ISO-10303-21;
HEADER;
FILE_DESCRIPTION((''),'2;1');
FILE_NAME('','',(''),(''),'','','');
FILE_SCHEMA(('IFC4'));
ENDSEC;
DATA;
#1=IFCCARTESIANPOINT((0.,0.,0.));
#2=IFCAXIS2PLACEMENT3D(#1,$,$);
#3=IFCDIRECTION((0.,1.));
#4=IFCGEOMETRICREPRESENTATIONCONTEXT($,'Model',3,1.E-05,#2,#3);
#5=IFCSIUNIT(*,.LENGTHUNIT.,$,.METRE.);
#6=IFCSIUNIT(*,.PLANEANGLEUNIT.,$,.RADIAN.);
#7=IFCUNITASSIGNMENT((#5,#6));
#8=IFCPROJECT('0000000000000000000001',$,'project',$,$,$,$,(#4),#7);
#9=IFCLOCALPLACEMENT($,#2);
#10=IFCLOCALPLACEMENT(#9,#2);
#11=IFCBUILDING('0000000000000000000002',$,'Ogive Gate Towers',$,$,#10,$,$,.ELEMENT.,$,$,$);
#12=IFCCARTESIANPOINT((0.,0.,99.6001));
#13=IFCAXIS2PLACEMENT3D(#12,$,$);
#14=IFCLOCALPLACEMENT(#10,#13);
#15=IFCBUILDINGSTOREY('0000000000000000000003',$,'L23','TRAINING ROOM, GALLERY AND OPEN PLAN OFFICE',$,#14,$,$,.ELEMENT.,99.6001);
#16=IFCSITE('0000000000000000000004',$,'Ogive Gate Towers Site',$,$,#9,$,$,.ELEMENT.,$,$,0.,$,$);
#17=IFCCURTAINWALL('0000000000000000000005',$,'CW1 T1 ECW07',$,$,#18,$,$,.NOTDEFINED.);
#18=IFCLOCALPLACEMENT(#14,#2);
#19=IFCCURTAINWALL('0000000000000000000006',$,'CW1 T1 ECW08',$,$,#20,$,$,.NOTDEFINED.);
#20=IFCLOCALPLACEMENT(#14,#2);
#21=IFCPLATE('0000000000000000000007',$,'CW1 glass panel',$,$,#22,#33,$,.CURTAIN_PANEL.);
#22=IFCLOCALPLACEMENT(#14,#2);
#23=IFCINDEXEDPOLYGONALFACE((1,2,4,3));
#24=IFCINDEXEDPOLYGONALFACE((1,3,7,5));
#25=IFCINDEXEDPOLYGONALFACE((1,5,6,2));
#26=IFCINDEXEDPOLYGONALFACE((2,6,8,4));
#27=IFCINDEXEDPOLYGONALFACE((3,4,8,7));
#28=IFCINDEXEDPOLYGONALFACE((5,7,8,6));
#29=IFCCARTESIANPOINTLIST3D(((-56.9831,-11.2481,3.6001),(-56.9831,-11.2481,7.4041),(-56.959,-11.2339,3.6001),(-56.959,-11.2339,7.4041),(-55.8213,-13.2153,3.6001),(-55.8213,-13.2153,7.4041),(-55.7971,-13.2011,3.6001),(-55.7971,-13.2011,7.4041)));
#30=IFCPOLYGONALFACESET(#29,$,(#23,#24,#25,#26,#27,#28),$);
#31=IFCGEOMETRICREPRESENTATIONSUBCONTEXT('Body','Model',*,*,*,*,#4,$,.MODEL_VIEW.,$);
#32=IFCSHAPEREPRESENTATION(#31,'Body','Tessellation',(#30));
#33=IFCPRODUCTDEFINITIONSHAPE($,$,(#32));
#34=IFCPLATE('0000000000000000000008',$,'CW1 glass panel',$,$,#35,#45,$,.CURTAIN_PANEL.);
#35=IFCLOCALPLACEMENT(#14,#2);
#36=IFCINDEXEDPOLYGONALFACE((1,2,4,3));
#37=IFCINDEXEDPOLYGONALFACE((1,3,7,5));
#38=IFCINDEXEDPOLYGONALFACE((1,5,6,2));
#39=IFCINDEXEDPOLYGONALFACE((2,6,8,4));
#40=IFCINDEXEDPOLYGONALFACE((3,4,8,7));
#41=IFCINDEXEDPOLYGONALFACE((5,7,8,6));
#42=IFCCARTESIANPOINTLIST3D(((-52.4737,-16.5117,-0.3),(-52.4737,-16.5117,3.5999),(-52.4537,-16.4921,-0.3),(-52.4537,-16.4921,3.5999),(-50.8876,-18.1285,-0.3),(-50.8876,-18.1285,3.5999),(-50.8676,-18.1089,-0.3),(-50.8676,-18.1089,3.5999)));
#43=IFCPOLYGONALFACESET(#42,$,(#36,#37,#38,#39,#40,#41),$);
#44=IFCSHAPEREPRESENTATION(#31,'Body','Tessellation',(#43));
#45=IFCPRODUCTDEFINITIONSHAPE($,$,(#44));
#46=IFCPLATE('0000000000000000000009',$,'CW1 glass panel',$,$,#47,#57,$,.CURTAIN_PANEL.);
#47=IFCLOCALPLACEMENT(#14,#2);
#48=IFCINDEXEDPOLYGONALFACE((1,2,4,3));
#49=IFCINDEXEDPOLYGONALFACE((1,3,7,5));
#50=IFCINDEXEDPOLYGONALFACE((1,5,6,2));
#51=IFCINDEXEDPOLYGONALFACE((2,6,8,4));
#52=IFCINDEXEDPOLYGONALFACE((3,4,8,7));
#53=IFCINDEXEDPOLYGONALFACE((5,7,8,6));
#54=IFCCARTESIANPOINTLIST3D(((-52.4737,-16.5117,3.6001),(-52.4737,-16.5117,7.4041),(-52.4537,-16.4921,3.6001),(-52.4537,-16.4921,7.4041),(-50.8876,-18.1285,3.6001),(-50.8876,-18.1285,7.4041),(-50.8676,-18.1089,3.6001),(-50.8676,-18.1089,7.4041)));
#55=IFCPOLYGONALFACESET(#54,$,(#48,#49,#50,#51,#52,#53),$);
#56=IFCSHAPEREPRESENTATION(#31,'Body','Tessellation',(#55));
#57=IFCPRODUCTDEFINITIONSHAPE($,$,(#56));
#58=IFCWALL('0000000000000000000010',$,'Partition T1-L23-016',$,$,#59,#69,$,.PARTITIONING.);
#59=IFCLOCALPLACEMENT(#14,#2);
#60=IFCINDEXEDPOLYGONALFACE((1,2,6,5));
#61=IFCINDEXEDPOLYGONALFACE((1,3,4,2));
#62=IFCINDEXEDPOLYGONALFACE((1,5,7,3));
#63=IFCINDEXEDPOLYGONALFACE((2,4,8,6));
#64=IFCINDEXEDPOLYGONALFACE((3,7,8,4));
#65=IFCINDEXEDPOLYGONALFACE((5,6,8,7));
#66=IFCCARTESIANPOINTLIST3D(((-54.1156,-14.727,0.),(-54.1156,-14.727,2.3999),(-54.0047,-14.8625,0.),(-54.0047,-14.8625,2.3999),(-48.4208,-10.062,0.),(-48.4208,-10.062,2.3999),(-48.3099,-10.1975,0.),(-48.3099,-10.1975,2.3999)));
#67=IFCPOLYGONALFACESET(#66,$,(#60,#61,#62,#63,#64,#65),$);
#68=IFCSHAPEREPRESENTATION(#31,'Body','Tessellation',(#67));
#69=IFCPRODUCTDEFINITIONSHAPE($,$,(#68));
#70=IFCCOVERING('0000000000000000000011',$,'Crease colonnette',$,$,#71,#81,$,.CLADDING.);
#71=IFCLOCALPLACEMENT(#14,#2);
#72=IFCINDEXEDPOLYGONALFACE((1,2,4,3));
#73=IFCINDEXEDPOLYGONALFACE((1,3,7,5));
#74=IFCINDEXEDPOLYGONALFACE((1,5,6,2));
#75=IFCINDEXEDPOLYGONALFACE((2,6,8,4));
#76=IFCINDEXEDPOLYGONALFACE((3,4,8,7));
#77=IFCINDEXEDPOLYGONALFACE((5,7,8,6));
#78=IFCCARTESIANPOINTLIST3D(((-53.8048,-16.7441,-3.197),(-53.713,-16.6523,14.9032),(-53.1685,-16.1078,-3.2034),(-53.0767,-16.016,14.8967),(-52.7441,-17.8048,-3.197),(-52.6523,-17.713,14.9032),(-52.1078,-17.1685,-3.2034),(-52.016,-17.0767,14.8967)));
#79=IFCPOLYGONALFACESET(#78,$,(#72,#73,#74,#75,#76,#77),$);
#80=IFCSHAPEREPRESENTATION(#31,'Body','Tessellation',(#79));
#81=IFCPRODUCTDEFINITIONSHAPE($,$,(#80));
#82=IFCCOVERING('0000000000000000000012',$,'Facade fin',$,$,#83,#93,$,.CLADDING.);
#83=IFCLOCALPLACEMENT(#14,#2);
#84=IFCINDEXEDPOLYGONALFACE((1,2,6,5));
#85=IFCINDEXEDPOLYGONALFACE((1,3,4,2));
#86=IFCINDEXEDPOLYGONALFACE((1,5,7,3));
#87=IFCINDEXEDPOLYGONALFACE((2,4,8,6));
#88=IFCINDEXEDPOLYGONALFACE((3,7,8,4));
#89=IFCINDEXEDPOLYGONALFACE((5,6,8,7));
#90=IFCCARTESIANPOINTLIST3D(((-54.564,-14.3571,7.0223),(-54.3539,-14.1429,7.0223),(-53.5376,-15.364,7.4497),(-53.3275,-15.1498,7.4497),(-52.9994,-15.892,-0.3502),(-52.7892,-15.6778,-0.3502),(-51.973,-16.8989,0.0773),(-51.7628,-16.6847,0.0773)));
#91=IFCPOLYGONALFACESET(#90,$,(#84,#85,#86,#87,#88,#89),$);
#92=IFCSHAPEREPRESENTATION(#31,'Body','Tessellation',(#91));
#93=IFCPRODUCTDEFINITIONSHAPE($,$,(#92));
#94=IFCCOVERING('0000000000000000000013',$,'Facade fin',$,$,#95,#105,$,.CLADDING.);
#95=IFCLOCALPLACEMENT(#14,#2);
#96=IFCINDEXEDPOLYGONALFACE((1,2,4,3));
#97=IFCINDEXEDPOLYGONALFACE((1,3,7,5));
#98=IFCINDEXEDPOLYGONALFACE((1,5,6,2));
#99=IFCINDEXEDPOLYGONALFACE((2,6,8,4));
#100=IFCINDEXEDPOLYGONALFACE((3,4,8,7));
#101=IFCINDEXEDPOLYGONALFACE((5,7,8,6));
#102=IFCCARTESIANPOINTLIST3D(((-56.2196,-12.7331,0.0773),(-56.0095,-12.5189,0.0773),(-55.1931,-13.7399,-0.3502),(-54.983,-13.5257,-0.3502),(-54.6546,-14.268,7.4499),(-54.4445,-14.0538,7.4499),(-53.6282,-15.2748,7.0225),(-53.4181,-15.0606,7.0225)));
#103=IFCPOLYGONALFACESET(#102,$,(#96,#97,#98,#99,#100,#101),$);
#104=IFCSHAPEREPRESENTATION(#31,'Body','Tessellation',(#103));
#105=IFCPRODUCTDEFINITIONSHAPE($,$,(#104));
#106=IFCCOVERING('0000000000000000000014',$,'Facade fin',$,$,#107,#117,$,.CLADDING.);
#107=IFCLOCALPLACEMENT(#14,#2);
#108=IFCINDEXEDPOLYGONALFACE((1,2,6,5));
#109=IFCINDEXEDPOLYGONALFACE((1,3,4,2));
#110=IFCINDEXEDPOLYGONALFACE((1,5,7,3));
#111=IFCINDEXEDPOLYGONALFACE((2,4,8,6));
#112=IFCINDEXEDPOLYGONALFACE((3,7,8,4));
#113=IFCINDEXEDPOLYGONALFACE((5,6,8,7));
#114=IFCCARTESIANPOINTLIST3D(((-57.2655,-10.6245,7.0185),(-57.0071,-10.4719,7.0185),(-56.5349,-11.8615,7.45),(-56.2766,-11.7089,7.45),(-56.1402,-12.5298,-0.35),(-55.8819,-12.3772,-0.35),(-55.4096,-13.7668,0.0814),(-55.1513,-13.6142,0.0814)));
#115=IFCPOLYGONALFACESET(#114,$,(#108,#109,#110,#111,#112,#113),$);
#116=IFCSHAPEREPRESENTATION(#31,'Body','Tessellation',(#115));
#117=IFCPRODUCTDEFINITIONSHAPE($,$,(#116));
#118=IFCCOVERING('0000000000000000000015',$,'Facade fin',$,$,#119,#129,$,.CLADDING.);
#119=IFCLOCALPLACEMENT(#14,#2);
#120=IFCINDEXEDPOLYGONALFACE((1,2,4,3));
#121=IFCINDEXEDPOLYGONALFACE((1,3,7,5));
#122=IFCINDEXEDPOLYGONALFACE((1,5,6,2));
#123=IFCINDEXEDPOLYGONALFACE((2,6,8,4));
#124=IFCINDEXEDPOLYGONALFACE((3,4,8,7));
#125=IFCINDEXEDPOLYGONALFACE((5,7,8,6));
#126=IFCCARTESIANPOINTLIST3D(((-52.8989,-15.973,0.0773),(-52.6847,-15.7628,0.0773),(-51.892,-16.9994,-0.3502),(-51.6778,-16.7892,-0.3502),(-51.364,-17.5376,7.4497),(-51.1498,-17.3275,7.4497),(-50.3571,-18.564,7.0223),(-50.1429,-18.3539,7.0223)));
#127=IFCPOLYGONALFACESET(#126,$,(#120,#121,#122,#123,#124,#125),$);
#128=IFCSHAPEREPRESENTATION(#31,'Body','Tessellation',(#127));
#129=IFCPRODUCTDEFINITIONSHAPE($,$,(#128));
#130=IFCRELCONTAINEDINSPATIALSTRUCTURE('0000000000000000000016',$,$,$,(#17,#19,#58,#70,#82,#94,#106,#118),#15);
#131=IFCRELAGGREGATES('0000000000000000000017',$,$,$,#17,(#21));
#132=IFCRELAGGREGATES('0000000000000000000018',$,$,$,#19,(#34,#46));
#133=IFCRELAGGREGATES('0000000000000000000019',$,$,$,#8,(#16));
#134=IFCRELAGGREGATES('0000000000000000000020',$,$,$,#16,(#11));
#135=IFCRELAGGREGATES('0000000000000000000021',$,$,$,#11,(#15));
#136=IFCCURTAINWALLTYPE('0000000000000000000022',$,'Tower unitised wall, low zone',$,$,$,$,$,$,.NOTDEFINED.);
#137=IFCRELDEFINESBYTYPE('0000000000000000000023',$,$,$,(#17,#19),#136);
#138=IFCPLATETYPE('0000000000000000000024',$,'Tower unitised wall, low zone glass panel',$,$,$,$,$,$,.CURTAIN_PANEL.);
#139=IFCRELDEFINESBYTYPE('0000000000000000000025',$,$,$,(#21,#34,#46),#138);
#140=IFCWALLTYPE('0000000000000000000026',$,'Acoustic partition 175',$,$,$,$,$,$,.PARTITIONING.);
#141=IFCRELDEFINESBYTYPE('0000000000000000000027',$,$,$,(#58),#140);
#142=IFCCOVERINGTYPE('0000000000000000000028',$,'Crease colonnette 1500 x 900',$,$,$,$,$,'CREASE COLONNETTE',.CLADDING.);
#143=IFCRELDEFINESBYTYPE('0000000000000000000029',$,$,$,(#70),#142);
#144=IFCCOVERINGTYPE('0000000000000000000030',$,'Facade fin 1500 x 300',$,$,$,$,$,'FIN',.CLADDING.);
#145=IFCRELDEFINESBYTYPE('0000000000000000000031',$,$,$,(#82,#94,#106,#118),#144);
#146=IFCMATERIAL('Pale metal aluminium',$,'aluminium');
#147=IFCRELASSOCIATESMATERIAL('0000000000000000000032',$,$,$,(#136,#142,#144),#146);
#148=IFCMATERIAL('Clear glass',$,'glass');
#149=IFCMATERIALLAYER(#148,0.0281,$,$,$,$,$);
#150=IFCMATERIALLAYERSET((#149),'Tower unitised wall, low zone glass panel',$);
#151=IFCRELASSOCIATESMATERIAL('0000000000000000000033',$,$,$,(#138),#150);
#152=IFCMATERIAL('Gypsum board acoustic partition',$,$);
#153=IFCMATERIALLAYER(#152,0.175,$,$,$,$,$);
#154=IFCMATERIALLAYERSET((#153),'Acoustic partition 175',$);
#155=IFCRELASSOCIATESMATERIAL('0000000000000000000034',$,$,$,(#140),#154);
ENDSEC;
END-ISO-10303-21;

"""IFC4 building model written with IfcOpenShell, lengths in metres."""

from ifc_helpers import new_model, si_unit, direction, frame, frame_2d, origin, origin_2d, place, context, subcontext, project, spatial, rectangle, extrude, material, layer, layer_set, material_profile, profile_set, type_object, element, aggregate, save


model = new_model("IFC4")

# Units and contexts
model_context = context("Model", 3, precision=1e-05, world=origin(), true_north=direction((0.0, 1.0)))
body_context = subcontext(model_context, "Body", "Model", "MODEL_VIEW")
ifc_project = project(units=[si_unit("LENGTHUNIT", "METRE"), si_unit("PLANEANGLEUNIT", "RADIAN")], contexts=[model_context])

# Site, building, storey
site_placement = place(None, origin())
site = spatial("IfcSite", under=ifc_project, at=site_placement, Name="Ogive Gate Towers Site", CompositionType="ELEMENT", RefElevation=0.0)
building_placement = place(site_placement, origin())
building = spatial("IfcBuilding", under=site, at=building_placement, Name="Ogive Gate Towers", CompositionType="ELEMENT")
storey_placement = place(building_placement, frame((0.0, 0.0, 99.6001)))
storey = spatial("IfcBuildingStorey", under=building, at=storey_placement, Name="L23", Description="TRAINING ROOM, GALLERY AND OPEN PLAN OFFICE", CompositionType="ELEMENT", Elevation=99.6001)

# Curtain wall
ifc_material_1 = material(Name="Pale metal aluminium", Category="aluminium")
curtain_wall_type = type_object("IfcCurtainWallType", Name="Tower unitised wall, low zone", PredefinedType="NOTDEFINED", material=ifc_material_1)
curtain_wall_1_placement = place(storey_placement, origin())
curtain_wall_1 = element("IfcCurtainWall", 1, at=curtain_wall_1_placement, inside=storey, type_object=curtain_wall_type, Name="CW1 T1 ECW07", PredefinedType="NOTDEFINED")

# Curtain wall
curtain_wall_2_placement = place(storey_placement, origin())
curtain_wall_2 = element("IfcCurtainWall", 2, at=curtain_wall_2_placement, inside=storey, type_object=curtain_wall_type, Name="CW1 T1 ECW08", PredefinedType="NOTDEFINED")

# Plates
ifc_material_2 = material(Name="Clear glass", Category="glass")
ifc_layer_1 = layer(ifc_material_2, 0.0281)
ifc_layer_set_1 = layer_set([ifc_layer_1], Name="Tower unitised wall, low zone glass panel")
plate_type = type_object("IfcPlateType", Name="Tower unitised wall, low zone glass panel", PredefinedType="CURTAIN_PANEL", material=ifc_layer_set_1)
plate_1_placement = place(storey_placement, frame((-56.3901, -12.2246, 3.6001), z_axis=(0.0, 0.0, 1.0), x_axis=(-0.508531, 0.861044, 0.0)))
plate_1 = element("IfcPlate", 3, at=plate_1_placement, type_object=plate_type, Name="CW1 glass panel", PredefinedType="CURTAIN_PANEL", context=body_context, shape_type="SweptSolid", body=[
    extrude(rectangle(XDim=2.2847, YDim=0.0281, at=origin_2d()), origin(), (0.0, 0.0, 1.0), 3.804),
])
aggregate(curtain_wall_1, [plate_1])
plate_2_placement = place(storey_placement, frame((-51.6707, -17.3103, -0.3), z_axis=(0.0, 0.0, 1.0), x_axis=(-0.700299, 0.71385, 0.0)))
plate_2 = element("IfcPlate", 4, at=plate_2_placement, type_object=plate_type, Name="CW1 glass panel", PredefinedType="CURTAIN_PANEL", context=body_context, shape_type="SweptSolid", body=[
    extrude(rectangle(XDim=2.2649, YDim=0.0281, at=origin_2d()), origin(), (0.0, 0.0, 1.0), 3.8999),
])
plate_3_placement = place(storey_placement, frame((-51.6707, -17.3103, 3.6001), z_axis=(0.0, 0.0, 1.0), x_axis=(-0.700299, 0.71385, 0.0)))
plate_3 = element("IfcPlate", 5, at=plate_3_placement, type_object=plate_type, Name="CW1 glass panel", PredefinedType="CURTAIN_PANEL", context=body_context, shape_type="SweptSolid", body=[
    extrude(rectangle(XDim=2.2649, YDim=0.0281, at=origin_2d()), origin(), (0.0, 0.0, 1.0), 3.804),
])
aggregate(curtain_wall_2, [plate_2, plate_3])

# Wall
ifc_material_3 = material(Name="Gypsum board acoustic partition")
ifc_layer_2 = layer(ifc_material_3, 0.175)
ifc_layer_set_2 = layer_set([ifc_layer_2], Name="Acoustic partition 175")
wall_type = type_object("IfcWallType", Name="Acoustic partition 175", PredefinedType="PARTITIONING", material=ifc_layer_set_2)
wall_placement = place(storey_placement, frame((-54.0601, -14.7947, 0.0), z_axis=(0.0, 0.0, 1.0), x_axis=(0.773582, 0.633696, 0.0)))
element("IfcWall", 6, at=wall_placement, inside=storey, type_object=wall_type, Name="Partition T1-L23-016", PredefinedType="PARTITIONING", context=body_context, shape_type="SweptSolid", body=[
    extrude(rectangle(XDim=7.3616, YDim=0.175, at=frame_2d((3.6807, 0.0))), origin(), (0.0, 0.0, 1.0), 2.3999),
])

# Coverings
ifc_material_profile_1 = material_profile(ifc_material_1, rectangle(XDim=1.5, YDim=0.8999, at=origin_2d()), Name="1500 x 900 pale metal aluminium")
ifc_profile_set_1 = profile_set([ifc_material_profile_1], Name="Pale metal aluminium")
covering_type_1 = type_object("IfcCoveringType", Name="Crease colonnette 1500 x 900", ElementType="CREASE COLONNETTE", PredefinedType="CLADDING", material=ifc_profile_set_1)
covering_1_placement = place(storey_placement, frame((-52.9563, -16.9563, -3.2002), z_axis=(0.005071, 0.005071, 0.999974), x_axis=(-0.707107, 0.707107, 0.0)))
element("IfcCovering", 7, at=covering_1_placement, inside=storey, type_object=covering_type_1, Name="Crease colonnette", PredefinedType="CLADDING", context=body_context, shape_type="SweptSolid", body=[
    extrude(rectangle(XDim=1.5, YDim=0.8999, at=origin_2d()), origin(), (0.0, 0.0, 1.0), 18.1006),
])
ifc_material_profile_2 = material_profile(ifc_material_1, rectangle(XDim=0.3, YDim=1.5, at=origin_2d()), Name="1500 x 300 pale metal aluminium")
ifc_profile_set_2 = profile_set([ifc_material_profile_2], Name="Pale metal aluminium")
covering_type_2 = type_object("IfcCoveringType", Name="Facade fin 1500 x 300", ElementType="FIN", PredefinedType="CLADDING", material=ifc_profile_set_2)
covering_2_placement = place(storey_placement, frame((-52.3811, -16.2883, -0.1365), z_axis=(-0.203433, 0.19956, 0.958536), x_axis=(-0.70028, -0.713869, 0.0)))
element("IfcCovering", 8, at=covering_2_placement, inside=storey, type_object=covering_type_2, Name="Facade fin", PredefinedType="CLADDING", context=body_context, shape_type="SweptSolid", body=[
    extrude(rectangle(XDim=0.3, YDim=1.5, at=origin_2d()), origin(), (0.0, 0.0, 1.0), 7.6914),
])
covering_3_placement = place(storey_placement, frame((-55.6013, -13.1294, -0.1365), z_axis=(0.203463, -0.199559, 0.95853), x_axis=(0.700224, 0.713923, 0.0)))
element("IfcCovering", 9, at=covering_3_placement, inside=storey, type_object=covering_type_2, Name="Facade fin", PredefinedType="CLADDING", context=body_context, shape_type="SweptSolid", body=[
    extrude(rectangle(XDim=0.3, YDim=1.5, at=origin_2d()), origin(), (0.0, 0.0, 1.0), 7.6917),
])
covering_4_placement = place(storey_placement, frame((-55.6458, -13.072, -0.1343), z_axis=(-0.146259, 0.247648, 0.957747), x_axis=(-0.861045, -0.508529, 0.0)))
element("IfcCovering", 10, at=covering_4_placement, inside=storey, type_object=covering_type_2, Name="Facade fin", PredefinedType="CLADDING", context=body_context, shape_type="SweptSolid", body=[
    extrude(rectangle(XDim=0.3, YDim=1.5, at=origin_2d()), origin(), (0.0, 0.0, 1.0), 7.6936),
])
covering_5_placement = place(storey_placement, frame((-52.2883, -16.3811, -0.1365), z_axis=(0.19956, -0.203433, 0.958536), x_axis=(0.713869, 0.70028, 0.0)))
element("IfcCovering", 11, at=covering_5_placement, inside=storey, type_object=covering_type_2, Name="Facade fin", PredefinedType="CLADDING", context=body_context, shape_type="SweptSolid", body=[
    extrude(rectangle(XDim=0.3, YDim=1.5, at=origin_2d()), origin(), (0.0, 0.0, 1.0), 7.6914),
])

save(model, "model.ifc")
